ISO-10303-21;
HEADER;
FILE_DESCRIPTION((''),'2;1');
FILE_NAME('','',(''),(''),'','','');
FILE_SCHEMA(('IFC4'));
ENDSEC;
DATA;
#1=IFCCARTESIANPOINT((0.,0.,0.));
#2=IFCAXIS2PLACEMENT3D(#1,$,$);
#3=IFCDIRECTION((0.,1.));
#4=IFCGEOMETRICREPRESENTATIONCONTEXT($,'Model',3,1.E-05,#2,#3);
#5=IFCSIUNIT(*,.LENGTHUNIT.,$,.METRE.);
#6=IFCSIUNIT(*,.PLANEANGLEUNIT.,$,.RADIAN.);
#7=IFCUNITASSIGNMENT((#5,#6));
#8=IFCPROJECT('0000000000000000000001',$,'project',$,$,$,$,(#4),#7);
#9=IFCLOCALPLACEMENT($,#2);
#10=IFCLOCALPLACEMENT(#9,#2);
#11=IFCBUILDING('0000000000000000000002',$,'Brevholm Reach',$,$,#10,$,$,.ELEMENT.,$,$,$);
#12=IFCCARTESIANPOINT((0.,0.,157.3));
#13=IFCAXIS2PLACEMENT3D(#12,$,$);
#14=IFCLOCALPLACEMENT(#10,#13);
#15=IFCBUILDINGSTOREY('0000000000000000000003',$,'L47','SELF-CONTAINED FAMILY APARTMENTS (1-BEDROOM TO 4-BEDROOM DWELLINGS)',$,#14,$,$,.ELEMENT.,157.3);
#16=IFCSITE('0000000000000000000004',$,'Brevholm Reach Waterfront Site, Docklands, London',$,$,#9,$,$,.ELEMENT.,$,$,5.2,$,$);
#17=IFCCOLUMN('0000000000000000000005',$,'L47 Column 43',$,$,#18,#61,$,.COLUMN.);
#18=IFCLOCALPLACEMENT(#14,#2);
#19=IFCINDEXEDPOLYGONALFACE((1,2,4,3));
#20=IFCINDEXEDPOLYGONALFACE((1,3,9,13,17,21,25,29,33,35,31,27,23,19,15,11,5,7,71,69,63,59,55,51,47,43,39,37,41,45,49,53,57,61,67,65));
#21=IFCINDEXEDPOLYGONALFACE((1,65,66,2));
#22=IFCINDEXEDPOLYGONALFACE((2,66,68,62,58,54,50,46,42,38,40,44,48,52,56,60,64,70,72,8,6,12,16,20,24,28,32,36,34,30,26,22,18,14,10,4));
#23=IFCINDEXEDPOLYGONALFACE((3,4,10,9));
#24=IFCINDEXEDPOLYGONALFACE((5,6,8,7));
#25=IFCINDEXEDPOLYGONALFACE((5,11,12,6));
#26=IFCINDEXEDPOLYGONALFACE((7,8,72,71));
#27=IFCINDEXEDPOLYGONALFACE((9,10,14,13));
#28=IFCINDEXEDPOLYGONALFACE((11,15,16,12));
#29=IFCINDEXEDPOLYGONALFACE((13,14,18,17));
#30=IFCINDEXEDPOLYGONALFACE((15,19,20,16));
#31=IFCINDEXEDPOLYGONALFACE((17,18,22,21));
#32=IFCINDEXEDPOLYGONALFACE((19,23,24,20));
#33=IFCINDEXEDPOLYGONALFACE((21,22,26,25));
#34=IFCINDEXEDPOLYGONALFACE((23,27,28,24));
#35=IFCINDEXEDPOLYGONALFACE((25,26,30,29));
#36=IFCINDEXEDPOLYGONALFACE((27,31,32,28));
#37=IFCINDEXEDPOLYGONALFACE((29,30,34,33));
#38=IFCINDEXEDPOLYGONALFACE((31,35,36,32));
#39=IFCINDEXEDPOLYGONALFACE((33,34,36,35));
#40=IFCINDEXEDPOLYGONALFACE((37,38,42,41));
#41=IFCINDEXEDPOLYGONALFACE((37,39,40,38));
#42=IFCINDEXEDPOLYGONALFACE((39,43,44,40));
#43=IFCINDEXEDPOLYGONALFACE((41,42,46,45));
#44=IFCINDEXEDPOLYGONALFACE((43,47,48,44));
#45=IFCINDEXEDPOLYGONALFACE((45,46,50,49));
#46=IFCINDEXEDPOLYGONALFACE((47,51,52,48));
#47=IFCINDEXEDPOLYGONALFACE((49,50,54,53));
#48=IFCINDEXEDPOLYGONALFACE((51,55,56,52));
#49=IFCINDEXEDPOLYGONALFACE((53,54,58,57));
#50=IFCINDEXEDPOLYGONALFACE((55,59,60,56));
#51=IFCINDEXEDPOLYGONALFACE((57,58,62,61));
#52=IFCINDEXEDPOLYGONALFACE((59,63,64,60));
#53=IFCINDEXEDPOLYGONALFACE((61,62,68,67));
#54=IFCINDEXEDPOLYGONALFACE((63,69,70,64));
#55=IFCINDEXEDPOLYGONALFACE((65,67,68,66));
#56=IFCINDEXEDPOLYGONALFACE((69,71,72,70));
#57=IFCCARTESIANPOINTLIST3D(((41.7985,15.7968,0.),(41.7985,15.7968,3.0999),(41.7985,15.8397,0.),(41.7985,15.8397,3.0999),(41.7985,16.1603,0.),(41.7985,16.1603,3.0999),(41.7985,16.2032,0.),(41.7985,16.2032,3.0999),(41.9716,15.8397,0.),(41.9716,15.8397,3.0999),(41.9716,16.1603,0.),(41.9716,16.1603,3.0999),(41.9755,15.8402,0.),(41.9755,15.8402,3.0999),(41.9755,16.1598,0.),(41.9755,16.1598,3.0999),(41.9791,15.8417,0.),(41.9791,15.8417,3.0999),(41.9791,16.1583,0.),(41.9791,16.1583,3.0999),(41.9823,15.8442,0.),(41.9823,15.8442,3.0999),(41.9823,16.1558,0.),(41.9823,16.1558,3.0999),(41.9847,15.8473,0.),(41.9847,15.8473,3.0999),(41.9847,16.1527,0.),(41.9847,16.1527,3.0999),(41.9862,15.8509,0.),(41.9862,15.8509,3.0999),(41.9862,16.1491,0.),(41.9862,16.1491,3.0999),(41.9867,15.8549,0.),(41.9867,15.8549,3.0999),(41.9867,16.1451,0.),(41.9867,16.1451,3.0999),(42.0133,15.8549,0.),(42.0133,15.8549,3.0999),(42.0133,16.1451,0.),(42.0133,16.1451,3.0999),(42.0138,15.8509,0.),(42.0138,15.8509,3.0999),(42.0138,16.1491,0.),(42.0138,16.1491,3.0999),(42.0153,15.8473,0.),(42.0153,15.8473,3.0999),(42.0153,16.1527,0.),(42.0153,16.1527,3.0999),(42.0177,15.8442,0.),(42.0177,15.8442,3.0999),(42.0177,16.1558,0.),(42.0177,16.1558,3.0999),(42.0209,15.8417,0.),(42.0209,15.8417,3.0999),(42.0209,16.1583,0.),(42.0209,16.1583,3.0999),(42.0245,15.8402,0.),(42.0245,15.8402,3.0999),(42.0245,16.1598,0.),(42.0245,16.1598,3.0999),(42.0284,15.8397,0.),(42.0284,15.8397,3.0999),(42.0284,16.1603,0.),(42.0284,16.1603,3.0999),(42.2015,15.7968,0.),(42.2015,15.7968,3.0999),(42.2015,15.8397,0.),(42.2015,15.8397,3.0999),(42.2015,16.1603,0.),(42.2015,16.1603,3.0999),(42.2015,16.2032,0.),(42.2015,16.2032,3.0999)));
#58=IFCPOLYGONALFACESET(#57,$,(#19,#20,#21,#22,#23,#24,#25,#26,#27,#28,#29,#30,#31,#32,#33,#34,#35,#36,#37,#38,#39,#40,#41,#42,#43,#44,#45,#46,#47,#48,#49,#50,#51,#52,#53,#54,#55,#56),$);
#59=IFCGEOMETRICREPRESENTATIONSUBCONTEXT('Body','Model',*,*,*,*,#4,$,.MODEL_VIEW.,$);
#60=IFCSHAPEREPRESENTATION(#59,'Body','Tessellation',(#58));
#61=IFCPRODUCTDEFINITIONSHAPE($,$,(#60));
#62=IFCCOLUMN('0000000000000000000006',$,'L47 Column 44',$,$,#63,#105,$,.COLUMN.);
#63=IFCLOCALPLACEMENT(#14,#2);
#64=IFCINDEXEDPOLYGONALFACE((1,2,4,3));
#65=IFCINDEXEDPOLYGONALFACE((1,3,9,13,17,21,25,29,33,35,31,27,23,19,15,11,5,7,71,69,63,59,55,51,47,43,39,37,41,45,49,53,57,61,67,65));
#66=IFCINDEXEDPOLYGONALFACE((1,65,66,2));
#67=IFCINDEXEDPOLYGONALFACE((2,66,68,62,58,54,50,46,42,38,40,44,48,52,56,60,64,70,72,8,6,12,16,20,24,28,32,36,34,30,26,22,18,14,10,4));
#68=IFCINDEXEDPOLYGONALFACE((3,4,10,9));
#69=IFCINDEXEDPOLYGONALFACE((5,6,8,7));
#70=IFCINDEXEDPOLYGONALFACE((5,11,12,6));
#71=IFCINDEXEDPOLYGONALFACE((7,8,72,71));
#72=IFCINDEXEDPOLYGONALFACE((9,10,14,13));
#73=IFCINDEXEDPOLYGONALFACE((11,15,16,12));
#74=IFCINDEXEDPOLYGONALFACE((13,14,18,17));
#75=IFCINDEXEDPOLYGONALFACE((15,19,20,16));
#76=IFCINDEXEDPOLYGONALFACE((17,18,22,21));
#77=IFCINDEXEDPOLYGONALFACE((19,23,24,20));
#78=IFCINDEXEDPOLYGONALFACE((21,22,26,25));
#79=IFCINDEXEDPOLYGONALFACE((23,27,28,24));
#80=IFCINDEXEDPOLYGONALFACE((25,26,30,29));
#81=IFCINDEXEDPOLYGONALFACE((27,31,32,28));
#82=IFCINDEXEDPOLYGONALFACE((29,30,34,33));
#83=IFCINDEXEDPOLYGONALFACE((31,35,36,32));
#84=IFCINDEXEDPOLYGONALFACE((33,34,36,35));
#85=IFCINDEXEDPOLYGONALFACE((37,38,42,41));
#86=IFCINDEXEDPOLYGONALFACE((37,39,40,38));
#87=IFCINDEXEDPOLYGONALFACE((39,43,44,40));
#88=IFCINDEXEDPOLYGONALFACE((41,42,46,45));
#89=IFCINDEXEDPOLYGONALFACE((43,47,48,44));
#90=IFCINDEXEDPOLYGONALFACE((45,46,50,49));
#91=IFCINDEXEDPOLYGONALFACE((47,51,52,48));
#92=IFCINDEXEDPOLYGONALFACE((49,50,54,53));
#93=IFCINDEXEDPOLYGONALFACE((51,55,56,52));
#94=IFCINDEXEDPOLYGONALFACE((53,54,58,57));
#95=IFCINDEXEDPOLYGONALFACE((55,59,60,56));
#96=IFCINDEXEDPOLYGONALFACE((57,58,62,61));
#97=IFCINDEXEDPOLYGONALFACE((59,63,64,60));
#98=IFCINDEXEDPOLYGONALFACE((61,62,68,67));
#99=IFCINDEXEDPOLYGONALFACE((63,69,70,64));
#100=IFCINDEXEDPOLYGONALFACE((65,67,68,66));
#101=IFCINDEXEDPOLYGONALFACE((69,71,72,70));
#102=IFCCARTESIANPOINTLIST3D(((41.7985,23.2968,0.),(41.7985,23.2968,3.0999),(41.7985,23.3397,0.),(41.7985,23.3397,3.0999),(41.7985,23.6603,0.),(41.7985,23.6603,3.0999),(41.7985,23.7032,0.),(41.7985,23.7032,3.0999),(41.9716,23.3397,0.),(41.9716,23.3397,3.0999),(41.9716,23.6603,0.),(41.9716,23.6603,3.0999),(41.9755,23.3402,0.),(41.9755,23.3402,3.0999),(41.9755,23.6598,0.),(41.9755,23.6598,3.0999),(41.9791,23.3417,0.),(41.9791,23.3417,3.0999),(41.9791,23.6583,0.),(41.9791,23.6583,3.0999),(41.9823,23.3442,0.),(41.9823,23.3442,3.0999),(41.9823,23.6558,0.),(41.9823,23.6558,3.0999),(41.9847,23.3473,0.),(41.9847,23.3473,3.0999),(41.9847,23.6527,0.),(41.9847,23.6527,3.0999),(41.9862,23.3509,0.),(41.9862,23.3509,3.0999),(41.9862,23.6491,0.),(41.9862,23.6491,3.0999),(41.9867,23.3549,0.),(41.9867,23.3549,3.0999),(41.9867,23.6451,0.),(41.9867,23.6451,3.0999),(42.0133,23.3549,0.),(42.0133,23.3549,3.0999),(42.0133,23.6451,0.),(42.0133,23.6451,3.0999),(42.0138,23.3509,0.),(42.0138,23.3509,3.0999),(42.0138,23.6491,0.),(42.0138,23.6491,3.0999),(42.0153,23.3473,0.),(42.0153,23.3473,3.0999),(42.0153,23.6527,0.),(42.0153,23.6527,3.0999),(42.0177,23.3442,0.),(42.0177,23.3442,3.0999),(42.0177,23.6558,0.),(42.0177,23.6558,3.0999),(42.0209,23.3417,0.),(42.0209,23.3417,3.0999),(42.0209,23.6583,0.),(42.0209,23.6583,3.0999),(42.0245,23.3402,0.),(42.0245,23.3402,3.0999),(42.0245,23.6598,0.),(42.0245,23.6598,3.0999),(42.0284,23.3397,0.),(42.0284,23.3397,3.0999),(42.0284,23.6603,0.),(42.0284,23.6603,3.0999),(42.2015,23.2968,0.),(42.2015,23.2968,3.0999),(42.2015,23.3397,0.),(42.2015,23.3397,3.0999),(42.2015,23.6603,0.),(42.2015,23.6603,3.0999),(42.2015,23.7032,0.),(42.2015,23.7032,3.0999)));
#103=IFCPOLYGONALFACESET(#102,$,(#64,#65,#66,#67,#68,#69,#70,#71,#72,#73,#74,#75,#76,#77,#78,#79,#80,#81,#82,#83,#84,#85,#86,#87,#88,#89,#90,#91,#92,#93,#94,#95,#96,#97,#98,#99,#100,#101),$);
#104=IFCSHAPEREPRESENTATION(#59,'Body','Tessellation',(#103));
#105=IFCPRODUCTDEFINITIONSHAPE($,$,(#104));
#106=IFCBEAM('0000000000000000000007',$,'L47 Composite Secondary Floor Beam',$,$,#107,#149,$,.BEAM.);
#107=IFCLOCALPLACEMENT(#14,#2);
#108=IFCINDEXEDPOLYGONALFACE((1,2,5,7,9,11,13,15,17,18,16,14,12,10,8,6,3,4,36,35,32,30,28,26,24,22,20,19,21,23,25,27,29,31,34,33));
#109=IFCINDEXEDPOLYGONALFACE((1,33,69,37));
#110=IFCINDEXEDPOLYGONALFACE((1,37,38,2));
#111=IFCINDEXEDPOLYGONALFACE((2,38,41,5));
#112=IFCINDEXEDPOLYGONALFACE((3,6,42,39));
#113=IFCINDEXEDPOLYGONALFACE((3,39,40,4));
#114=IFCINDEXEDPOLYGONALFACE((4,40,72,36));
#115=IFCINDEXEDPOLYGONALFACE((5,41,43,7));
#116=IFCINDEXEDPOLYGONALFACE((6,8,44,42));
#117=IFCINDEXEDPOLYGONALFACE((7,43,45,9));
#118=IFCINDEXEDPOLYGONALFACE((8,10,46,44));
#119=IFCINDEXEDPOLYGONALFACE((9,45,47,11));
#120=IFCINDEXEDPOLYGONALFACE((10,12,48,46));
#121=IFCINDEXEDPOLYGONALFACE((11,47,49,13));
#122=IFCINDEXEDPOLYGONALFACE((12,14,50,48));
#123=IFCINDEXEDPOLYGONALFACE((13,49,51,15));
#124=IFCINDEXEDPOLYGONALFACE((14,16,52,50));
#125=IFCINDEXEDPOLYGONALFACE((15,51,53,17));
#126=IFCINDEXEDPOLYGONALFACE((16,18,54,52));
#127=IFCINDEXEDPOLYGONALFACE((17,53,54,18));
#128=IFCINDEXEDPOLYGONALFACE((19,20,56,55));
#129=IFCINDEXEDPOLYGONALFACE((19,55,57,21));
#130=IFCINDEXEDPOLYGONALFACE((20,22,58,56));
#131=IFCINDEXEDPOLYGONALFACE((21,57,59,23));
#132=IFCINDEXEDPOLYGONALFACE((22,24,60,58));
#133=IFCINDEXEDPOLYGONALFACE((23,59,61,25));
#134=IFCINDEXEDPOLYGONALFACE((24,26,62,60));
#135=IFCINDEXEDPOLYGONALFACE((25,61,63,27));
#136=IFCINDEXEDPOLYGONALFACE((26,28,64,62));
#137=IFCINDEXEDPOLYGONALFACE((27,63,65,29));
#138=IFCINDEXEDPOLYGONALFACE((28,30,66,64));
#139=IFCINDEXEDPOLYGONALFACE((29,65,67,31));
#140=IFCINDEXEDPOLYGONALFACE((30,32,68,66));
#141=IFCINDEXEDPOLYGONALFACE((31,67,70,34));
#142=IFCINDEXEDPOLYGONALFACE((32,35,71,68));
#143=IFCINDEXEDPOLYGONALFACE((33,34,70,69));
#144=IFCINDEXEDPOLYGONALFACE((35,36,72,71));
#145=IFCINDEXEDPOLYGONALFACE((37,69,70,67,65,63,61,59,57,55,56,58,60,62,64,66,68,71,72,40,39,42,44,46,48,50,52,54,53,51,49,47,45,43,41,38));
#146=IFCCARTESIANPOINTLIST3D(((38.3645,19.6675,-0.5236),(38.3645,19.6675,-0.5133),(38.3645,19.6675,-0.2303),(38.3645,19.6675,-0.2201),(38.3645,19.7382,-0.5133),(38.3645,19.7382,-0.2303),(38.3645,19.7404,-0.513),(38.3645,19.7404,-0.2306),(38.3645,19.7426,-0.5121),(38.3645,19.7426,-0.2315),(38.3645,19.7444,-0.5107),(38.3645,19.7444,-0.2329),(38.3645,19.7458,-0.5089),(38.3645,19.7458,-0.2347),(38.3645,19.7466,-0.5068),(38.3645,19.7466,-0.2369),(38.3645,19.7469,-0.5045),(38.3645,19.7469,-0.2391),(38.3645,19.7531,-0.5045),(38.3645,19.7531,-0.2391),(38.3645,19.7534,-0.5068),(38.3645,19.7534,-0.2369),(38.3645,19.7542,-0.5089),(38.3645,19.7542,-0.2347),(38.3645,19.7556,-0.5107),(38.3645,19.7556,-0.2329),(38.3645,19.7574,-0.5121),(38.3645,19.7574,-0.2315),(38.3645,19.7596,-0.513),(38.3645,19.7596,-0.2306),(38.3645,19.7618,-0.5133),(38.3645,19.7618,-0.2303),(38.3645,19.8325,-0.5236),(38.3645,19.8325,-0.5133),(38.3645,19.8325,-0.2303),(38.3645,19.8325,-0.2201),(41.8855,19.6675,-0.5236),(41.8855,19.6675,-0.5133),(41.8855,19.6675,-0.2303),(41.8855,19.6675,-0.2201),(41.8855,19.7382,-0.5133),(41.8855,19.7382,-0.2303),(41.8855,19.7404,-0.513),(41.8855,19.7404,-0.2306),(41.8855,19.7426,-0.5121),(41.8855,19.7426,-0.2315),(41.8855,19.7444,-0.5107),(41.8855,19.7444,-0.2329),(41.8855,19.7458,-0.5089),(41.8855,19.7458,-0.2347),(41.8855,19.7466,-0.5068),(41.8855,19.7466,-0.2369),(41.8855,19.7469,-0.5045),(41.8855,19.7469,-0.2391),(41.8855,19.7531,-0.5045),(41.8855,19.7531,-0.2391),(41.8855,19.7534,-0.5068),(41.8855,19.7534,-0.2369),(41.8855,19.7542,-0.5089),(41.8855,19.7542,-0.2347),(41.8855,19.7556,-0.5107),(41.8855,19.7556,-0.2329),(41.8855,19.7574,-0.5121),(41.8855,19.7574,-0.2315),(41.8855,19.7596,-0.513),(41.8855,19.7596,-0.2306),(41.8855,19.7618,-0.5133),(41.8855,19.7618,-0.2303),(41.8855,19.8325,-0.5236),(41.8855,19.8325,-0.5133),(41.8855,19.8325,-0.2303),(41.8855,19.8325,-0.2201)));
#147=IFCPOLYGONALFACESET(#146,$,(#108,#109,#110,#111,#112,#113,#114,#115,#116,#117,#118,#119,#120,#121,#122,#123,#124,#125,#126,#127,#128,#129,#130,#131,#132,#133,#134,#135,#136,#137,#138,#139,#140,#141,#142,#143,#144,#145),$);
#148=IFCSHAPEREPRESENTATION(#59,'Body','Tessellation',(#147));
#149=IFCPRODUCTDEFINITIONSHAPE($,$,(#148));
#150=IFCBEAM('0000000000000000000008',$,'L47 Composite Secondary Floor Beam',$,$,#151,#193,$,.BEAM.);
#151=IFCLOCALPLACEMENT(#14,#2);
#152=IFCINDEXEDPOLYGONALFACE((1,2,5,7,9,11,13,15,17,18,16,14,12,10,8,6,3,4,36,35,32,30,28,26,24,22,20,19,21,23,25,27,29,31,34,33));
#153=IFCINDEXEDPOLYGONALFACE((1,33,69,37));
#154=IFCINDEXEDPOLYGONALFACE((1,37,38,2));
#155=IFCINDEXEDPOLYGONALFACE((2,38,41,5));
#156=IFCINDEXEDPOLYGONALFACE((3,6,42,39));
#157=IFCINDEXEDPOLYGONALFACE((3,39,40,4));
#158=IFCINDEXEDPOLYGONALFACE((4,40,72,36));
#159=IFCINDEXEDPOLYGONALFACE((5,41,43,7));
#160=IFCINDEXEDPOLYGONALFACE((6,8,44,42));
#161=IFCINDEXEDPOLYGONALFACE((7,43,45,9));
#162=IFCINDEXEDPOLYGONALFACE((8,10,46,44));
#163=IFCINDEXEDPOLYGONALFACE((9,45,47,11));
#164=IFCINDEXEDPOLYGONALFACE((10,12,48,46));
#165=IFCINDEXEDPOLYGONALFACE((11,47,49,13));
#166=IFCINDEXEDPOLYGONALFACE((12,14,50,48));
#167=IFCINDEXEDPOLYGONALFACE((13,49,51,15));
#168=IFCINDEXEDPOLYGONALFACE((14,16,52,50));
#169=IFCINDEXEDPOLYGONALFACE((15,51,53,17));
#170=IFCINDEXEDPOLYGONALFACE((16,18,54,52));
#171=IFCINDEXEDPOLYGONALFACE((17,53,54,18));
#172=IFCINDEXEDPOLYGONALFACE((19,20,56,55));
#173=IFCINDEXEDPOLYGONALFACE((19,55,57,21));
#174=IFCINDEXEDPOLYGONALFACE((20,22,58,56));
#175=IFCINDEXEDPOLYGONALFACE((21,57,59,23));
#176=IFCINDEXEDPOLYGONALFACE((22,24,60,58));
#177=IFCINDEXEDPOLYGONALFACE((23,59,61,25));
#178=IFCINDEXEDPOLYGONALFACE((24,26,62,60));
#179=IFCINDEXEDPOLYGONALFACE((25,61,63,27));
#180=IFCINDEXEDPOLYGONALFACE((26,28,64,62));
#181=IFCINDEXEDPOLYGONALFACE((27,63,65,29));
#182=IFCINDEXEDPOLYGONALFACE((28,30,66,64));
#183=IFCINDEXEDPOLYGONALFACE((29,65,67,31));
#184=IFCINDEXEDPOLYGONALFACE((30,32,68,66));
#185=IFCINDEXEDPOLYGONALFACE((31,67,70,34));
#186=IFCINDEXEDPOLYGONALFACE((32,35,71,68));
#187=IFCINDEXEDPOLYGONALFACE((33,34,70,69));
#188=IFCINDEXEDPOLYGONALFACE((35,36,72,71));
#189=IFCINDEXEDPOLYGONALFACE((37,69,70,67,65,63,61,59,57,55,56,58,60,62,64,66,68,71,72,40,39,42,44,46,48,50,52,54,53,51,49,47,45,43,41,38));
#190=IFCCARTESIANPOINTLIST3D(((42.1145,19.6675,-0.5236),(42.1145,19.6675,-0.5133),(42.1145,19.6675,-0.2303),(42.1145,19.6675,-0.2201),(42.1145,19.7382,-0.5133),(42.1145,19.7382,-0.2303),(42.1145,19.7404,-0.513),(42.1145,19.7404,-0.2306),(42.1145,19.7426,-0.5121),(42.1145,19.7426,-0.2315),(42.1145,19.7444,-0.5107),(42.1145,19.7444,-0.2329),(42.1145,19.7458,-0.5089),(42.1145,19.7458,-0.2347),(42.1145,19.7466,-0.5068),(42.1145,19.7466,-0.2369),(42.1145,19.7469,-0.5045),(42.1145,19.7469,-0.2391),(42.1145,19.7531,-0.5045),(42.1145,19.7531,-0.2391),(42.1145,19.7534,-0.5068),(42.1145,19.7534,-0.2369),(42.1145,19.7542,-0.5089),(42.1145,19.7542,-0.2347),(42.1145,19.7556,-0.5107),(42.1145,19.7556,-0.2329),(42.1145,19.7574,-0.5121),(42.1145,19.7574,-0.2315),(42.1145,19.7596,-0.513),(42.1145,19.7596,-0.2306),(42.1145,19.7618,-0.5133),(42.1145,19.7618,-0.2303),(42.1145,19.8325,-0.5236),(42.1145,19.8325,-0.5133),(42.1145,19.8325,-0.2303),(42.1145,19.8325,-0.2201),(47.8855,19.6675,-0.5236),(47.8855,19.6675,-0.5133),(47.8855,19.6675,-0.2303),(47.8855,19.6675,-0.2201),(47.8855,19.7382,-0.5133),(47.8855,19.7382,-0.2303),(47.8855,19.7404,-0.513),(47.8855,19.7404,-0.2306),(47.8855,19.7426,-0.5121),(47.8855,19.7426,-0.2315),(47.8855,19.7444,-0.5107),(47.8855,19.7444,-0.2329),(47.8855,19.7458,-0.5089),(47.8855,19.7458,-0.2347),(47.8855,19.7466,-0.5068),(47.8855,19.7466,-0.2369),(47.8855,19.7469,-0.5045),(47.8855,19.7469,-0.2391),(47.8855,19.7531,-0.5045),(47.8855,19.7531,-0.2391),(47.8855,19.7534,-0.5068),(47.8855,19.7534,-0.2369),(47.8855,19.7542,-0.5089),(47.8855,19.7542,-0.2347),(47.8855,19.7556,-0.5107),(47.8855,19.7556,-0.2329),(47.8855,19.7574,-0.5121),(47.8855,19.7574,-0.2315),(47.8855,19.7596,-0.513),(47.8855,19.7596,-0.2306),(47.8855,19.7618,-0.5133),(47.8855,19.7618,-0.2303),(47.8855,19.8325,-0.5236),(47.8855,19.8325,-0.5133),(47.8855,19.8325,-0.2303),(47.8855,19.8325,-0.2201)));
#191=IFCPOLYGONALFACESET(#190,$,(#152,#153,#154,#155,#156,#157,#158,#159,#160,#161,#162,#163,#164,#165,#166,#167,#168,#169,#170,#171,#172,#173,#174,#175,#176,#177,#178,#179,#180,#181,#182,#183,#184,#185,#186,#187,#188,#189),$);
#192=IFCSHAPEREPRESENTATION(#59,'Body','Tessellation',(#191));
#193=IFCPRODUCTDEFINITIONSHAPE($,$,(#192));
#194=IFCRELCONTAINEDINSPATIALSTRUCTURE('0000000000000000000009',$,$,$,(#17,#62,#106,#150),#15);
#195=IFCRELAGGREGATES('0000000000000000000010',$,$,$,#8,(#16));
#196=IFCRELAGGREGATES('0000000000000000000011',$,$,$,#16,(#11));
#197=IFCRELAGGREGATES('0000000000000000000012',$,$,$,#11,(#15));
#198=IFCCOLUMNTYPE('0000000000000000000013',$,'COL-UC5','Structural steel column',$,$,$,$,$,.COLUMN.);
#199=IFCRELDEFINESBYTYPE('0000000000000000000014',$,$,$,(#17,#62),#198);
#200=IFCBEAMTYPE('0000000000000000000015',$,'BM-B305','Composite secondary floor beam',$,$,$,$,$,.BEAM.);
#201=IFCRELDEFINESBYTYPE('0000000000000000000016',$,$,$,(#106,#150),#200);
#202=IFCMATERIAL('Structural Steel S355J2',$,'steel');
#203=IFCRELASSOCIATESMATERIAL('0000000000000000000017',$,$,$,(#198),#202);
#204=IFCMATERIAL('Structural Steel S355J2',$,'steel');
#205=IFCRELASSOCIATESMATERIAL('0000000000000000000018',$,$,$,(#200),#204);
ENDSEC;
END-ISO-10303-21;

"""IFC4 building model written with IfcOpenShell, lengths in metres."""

from ifc_helpers import new_model, si_unit, direction, frame, origin, origin_2d, place, context, subcontext, project, spatial, i_section, extrude, material, material_profile, profile_set, type_object, element, save


model = new_model("IFC4")

# Units and contexts
model_context = context("Model", 3, precision=1e-05, world=origin(), true_north=direction((0.0, 1.0)))
body_context = subcontext(model_context, "Body", "Model", "MODEL_VIEW")
ifc_project = project(units=[si_unit("LENGTHUNIT", "METRE"), si_unit("PLANEANGLEUNIT", "RADIAN")], contexts=[model_context])

# Site, building, storey
site_placement = place(None, origin())
site = spatial("IfcSite", under=ifc_project, at=site_placement, Name="Brevholm Reach Waterfront Site, Docklands, London", CompositionType="ELEMENT", RefElevation=5.2)
building_placement = place(site_placement, origin())
building = spatial("IfcBuilding", under=site, at=building_placement, Name="Brevholm Reach", CompositionType="ELEMENT")
storey_placement = place(building_placement, frame((0.0, 0.0, 157.3)))
storey = spatial("IfcBuildingStorey", under=building, at=storey_placement, Name="L47", Description="SELF-CONTAINED FAMILY APARTMENTS (1-BEDROOM TO 4-BEDROOM DWELLINGS)", CompositionType="ELEMENT", Elevation=157.3)

# Columns
ifc_material_1 = material(Name="Structural Steel S355J2", Category="steel")
ifc_material_profile_1 = material_profile(ifc_material_1, i_section(OverallWidth=0.4031, OverallDepth=0.4065, WebThickness=0.0266, FlangeThickness=0.043, FilletRadius=0.0151, at=origin_2d()), Name="UKC 356x406x340")
ifc_profile_set_1 = profile_set([ifc_material_profile_1], Name="Structural Steel S355J2")
column_type = type_object("IfcColumnType", Name="COL-UC5", Description="Structural steel column", PredefinedType="COLUMN", material=ifc_profile_set_1)
for number, where, z_axis, x_axis, name in (
    (1, (42.0, 16.0, 0.0), (0.0, 0.0, 1.0), (1.0, 0.0, 0.0), "L47 Column 43"),
    (2, (42.0, 23.5, 0.0), (0.0, 0.0, 1.0), (1.0, 0.0, 0.0), "L47 Column 44"),
):
    element("IfcColumn", number, at=place(storey_placement, frame(where, z_axis=z_axis, x_axis=x_axis)), inside=storey, type_object=column_type, Name=name, PredefinedType="COLUMN", context=body_context, shape_type="SweptSolid", body=[
        extrude(i_section(OverallWidth=0.4031, OverallDepth=0.4065, WebThickness=0.0266, FlangeThickness=0.043, FilletRadius=0.0151, at=origin_2d()), origin(), (0.0, 0.0, 1.0), 3.0999),
    ])

# Beams
ifc_material_2 = material(Name="Structural Steel S355J2", Category="steel")
ifc_material_profile_2 = material_profile(ifc_material_2, i_section(OverallWidth=0.165, OverallDepth=0.3035, WebThickness=0.0061, FlangeThickness=0.0103, FilletRadius=0.0088, at=origin_2d()), Name="UKB 305x165x40")
ifc_profile_set_2 = profile_set([ifc_material_profile_2], Name="Structural Steel S355J2")
beam_type_1 = type_object("IfcBeamType", Name="BM-B305", Description="Composite secondary floor beam", PredefinedType="BEAM", material=ifc_profile_set_2)
beam_1_placement = place(storey_placement, frame((38.3645, 19.75, -0.3718), z_axis=(1.0, 0.0, 0.0), x_axis=(0.0, 1.0, 0.0)))
element("IfcBeam", 3, at=beam_1_placement, inside=storey, type_object=beam_type_1, Name="L47 Composite Secondary Floor Beam", PredefinedType="BEAM", context=body_context, shape_type="SweptSolid", body=[
    extrude(i_section(OverallWidth=0.165, OverallDepth=0.3035, WebThickness=0.0061, FlangeThickness=0.0103, FilletRadius=0.0088, at=origin_2d()), origin(), (0.0, 0.0, 1.0), 3.521),
])
beam_2_placement = place(storey_placement, frame((42.1145, 19.75, -0.3718), z_axis=(1.0, 0.0, 0.0), x_axis=(0.0, 1.0, 0.0)))
element("IfcBeam", 4, at=beam_2_placement, inside=storey, type_object=beam_type_1, Name="L47 Composite Secondary Floor Beam", PredefinedType="BEAM", context=body_context, shape_type="SweptSolid", body=[
    extrude(i_section(OverallWidth=0.165, OverallDepth=0.3035, WebThickness=0.0061, FlangeThickness=0.0103, FilletRadius=0.0088, at=origin_2d()), origin(), (0.0, 0.0, 1.0), 5.771),
])

save(model, "model.ifc")
